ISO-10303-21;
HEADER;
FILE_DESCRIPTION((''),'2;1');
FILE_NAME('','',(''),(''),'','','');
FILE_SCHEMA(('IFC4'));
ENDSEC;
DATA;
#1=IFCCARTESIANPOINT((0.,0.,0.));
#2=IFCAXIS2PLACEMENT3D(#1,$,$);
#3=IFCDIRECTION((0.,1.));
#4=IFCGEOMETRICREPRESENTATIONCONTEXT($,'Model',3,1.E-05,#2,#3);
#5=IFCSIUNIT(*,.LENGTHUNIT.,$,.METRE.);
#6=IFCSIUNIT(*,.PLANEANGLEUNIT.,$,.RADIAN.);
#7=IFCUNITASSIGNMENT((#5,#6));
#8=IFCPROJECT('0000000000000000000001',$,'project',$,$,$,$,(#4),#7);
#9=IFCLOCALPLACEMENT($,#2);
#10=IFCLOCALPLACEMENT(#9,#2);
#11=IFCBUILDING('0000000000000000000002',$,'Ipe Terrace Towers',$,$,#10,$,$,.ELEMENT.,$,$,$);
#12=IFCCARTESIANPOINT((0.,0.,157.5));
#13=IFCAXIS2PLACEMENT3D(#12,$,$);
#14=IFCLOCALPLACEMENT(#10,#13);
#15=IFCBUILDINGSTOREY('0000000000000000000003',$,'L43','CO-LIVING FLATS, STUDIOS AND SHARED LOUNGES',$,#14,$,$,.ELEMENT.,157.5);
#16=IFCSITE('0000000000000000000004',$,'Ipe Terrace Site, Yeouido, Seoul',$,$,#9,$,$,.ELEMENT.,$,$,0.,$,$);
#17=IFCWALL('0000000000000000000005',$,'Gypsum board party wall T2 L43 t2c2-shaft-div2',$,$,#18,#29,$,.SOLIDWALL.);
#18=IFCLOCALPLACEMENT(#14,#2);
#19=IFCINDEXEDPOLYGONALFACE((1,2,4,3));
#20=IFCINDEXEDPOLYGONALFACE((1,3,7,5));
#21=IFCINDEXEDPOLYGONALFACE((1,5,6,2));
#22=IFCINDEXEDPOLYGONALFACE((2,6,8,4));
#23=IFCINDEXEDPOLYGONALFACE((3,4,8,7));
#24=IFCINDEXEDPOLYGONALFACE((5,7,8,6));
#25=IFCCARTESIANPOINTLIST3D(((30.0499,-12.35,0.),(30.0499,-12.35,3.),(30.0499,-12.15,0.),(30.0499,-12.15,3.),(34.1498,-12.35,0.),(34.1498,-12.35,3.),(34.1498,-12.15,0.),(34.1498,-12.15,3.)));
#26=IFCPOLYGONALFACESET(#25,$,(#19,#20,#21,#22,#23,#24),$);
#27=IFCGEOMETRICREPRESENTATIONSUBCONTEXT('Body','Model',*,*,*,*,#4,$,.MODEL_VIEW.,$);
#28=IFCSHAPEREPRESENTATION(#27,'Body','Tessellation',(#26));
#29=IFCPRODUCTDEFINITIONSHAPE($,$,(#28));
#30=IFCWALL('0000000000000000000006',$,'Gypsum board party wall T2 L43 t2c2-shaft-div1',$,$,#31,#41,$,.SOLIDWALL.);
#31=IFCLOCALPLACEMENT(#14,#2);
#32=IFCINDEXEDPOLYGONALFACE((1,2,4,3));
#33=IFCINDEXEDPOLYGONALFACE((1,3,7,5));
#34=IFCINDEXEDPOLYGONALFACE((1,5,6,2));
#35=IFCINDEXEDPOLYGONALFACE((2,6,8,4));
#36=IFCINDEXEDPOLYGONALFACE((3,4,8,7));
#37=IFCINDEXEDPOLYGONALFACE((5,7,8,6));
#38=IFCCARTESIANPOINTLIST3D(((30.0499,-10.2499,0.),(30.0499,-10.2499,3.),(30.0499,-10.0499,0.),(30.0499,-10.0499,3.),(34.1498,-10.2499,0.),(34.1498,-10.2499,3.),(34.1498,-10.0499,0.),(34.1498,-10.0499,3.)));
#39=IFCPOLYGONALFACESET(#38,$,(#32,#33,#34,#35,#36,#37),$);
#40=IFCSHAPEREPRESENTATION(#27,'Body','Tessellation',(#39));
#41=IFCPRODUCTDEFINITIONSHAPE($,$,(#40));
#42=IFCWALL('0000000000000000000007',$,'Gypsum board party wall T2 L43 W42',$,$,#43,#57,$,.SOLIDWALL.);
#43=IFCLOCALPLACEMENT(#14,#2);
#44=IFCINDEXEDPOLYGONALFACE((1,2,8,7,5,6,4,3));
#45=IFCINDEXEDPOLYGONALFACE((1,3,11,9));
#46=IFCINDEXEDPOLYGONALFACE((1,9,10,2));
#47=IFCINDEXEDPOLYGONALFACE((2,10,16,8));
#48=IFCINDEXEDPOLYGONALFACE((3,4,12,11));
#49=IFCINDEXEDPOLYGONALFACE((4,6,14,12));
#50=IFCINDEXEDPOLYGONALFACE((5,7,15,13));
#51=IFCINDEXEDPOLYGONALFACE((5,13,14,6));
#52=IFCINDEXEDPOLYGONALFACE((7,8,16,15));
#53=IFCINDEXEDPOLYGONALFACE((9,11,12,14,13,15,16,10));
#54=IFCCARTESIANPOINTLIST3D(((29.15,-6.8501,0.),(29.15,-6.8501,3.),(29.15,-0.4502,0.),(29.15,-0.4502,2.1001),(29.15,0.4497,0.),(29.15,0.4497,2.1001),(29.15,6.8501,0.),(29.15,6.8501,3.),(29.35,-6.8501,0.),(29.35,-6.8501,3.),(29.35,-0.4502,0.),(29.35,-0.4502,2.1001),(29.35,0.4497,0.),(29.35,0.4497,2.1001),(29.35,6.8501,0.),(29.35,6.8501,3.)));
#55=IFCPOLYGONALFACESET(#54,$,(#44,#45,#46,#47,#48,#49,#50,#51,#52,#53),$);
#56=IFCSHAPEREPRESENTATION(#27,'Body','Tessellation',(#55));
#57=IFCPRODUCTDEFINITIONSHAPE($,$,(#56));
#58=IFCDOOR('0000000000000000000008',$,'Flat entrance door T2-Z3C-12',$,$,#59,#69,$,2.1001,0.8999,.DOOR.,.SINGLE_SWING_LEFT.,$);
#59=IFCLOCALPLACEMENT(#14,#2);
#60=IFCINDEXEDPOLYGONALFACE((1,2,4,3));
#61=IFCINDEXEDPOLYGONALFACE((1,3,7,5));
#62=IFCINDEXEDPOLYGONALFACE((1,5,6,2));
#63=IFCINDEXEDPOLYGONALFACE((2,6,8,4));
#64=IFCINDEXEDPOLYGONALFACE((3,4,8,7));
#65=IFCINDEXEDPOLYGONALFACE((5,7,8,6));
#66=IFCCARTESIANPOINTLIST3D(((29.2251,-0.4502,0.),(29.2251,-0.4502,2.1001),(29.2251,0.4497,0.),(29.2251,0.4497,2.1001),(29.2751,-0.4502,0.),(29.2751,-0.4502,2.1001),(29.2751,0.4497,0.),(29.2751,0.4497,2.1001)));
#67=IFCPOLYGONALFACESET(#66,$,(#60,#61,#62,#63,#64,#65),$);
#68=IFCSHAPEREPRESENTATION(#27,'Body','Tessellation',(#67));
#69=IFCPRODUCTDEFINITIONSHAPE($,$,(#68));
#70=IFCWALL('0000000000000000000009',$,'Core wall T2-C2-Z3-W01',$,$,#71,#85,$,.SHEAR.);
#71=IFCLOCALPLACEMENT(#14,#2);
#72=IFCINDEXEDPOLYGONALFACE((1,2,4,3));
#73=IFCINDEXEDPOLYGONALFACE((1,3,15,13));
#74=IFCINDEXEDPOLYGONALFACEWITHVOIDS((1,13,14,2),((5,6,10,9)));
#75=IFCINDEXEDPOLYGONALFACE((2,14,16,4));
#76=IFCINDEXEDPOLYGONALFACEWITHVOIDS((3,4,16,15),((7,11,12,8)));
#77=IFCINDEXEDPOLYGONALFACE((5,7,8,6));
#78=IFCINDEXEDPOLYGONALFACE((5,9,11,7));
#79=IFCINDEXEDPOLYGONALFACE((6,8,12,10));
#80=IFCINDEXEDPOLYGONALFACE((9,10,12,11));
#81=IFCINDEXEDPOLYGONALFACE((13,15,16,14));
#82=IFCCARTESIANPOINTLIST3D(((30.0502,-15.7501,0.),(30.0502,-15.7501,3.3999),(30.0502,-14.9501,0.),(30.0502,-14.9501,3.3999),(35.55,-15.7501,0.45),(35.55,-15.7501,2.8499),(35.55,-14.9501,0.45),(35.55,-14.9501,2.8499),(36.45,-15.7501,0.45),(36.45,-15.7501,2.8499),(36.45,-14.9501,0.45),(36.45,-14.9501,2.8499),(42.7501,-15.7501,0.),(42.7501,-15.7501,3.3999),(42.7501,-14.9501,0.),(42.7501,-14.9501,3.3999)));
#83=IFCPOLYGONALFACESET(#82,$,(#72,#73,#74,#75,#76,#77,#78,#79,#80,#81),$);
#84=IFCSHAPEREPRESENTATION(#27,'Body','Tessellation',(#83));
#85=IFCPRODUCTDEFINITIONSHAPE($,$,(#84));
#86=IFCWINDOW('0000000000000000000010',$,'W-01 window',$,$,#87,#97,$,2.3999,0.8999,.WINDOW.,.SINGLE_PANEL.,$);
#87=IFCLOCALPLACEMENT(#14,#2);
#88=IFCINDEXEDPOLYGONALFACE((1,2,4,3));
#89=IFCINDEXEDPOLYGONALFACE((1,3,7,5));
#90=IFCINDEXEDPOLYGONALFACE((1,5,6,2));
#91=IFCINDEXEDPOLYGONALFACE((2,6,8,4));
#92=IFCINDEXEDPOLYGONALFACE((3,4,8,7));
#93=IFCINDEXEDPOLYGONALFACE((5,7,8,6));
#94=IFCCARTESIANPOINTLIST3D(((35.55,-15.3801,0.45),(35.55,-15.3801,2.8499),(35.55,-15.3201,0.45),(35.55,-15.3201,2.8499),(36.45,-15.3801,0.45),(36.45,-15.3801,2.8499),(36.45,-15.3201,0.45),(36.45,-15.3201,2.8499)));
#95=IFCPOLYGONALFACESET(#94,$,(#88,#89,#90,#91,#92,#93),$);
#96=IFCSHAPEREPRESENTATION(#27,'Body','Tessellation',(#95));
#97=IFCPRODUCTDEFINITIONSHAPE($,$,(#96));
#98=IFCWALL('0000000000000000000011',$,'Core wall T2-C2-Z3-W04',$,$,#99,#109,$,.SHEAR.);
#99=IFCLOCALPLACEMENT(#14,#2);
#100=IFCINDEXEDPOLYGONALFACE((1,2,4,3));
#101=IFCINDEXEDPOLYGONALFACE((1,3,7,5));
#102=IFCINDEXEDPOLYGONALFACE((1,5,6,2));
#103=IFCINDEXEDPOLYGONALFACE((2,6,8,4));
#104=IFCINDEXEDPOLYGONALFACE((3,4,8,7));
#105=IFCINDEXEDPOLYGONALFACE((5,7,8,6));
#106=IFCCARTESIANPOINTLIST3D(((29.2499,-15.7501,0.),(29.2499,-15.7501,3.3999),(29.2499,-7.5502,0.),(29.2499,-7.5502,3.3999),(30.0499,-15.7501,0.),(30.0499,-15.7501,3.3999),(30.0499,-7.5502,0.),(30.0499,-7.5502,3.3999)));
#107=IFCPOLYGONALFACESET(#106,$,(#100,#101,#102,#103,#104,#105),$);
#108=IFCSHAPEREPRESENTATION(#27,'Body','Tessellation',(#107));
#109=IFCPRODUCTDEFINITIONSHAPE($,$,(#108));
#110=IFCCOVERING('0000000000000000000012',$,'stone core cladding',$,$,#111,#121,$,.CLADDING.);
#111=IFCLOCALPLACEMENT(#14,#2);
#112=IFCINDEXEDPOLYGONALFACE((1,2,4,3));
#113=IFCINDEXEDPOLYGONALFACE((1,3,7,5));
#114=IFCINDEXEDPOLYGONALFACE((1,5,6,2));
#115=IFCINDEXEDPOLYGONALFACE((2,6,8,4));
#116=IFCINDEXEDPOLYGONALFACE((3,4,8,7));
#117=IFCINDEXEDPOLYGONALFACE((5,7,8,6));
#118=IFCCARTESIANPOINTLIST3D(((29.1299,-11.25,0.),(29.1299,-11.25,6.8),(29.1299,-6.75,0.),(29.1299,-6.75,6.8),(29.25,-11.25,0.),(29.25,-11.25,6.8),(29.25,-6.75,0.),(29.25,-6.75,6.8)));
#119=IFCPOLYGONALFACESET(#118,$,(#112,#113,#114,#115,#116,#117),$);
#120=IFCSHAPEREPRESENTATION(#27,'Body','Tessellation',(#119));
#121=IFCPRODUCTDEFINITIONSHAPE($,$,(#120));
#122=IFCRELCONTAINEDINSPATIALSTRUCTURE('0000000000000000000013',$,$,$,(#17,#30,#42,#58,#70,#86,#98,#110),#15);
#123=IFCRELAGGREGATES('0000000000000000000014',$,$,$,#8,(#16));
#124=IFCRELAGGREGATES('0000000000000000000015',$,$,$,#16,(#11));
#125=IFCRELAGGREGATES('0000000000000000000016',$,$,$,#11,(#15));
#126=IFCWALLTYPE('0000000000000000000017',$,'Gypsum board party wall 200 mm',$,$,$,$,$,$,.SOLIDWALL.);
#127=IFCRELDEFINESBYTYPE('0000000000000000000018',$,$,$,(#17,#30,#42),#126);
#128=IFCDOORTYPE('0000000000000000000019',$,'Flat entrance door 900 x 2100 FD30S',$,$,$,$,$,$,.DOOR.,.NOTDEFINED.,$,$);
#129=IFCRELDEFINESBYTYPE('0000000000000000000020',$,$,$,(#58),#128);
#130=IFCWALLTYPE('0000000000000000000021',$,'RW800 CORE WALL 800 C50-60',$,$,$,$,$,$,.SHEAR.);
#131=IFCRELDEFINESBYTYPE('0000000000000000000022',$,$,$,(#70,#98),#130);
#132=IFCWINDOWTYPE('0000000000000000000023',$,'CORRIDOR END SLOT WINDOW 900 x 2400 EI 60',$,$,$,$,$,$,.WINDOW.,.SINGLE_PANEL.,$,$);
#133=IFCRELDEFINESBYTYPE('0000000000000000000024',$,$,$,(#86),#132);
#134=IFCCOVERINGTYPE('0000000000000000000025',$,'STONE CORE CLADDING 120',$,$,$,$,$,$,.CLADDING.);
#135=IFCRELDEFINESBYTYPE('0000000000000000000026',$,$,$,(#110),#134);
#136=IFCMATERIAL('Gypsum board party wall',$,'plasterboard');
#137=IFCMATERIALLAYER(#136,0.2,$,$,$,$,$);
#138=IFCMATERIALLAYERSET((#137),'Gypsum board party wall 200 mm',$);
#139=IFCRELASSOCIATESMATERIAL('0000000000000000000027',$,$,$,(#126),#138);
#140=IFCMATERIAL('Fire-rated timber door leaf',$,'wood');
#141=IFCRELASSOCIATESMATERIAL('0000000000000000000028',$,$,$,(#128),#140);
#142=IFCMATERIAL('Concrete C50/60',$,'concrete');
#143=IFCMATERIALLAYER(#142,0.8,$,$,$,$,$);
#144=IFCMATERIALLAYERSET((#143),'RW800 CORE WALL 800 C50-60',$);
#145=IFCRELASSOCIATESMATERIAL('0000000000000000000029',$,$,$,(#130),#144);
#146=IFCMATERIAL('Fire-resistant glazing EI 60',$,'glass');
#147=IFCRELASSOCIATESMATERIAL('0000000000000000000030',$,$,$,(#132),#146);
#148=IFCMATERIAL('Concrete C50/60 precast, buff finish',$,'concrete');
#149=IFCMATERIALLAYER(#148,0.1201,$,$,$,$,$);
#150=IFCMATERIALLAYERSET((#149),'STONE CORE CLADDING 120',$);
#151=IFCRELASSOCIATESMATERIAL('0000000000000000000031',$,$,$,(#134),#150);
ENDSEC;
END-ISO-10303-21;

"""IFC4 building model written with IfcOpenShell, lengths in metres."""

from ifc_helpers import new_model, si_unit, direction, frame, frame_2d, origin, origin_2d, place, context, subcontext, project, spatial, rectangle, extrude, material, layer, layer_set, type_object, element, fill, save


model = new_model("IFC4")

# Units and contexts
model_context = context("Model", 3, precision=1e-05, world=origin(), true_north=direction((0.0, 1.0)))
body_context = subcontext(model_context, "Body", "Model", "MODEL_VIEW")
ifc_project = project(units=[si_unit("LENGTHUNIT", "METRE"), si_unit("PLANEANGLEUNIT", "RADIAN")], contexts=[model_context])

# Site, building, storey
site_placement = place(None, origin())
site = spatial("IfcSite", under=ifc_project, at=site_placement, Name="Ipe Terrace Site, Yeouido, Seoul", CompositionType="ELEMENT", RefElevation=0.0)
building_placement = place(site_placement, origin())
building = spatial("IfcBuilding", under=site, at=building_placement, Name="Ipe Terrace Towers", CompositionType="ELEMENT")
storey_placement = place(building_placement, frame((0.0, 0.0, 157.5)))
storey = spatial("IfcBuildingStorey", under=building, at=storey_placement, Name="L43", Description="CO-LIVING FLATS, STUDIOS AND SHARED LOUNGES", CompositionType="ELEMENT", Elevation=157.5)

# Walls
ifc_material_1 = material(Name="Gypsum board party wall", Category="plasterboard")
ifc_layer_1 = layer(ifc_material_1, 0.2)
ifc_layer_set_1 = layer_set([ifc_layer_1], Name="Gypsum board party wall 200 mm")
wall_type_1 = type_object("IfcWallType", Name="Gypsum board party wall 200 mm", PredefinedType="SOLIDWALL", material=ifc_layer_set_1)
for number, where, z_axis, x_axis, name in (
    (1, (30.05, -12.25, 0.0), (0.0, 0.0, 1.0), (1.0, 0.0, 0.0), "Gypsum board party wall T2 L43 t2c2-shaft-div2"),
    (2, (30.05, -10.1499, 0.0), (0.0, 0.0, 1.0), (1.0, 0.0, 0.0), "Gypsum board party wall T2 L43 t2c2-shaft-div1"),
):
    element("IfcWall", number, at=place(storey_placement, frame(where, z_axis=z_axis, x_axis=x_axis)), inside=storey, type_object=wall_type_1, Name=name, PredefinedType="SOLIDWALL", context=body_context, shape_type="SweptSolid", body=[
        extrude(rectangle(XDim=4.0999, YDim=0.2, at=frame_2d((2.0498, 0.0))), origin(), (0.0, 0.0, 1.0), 3.0),
    ])

# Wall, opening, door
wall_1_placement = place(storey_placement, frame((29.25, -6.8501, 0.0), z_axis=(0.0, 0.0, 1.0), x_axis=(0.0, 1.0, 0.0)))
wall_1 = element("IfcWall", 3, at=wall_1_placement, inside=storey, type_object=wall_type_1, Name="Gypsum board party wall T2 L43 W42", PredefinedType="SOLIDWALL", context=body_context, shape_type="SweptSolid", body=[
    extrude(rectangle(XDim=13.7002, YDim=0.2, at=frame_2d((6.8501, 0.0))), origin(), (0.0, 0.0, 1.0), 3.0),
])
opening_1_placement = place(wall_1_placement, frame((6.3999, 0.0, 0.0)))
opening_1 = element("IfcOpeningElement", 4, at=opening_1_placement, cuts=wall_1, PredefinedType="OPENING", context=body_context, shape_type="SweptSolid", body=[
    extrude(rectangle(XDim=0.8999, YDim=2.1001, at=frame_2d((0.45, 1.05))), frame((0.0, 0.1099, 0.0), z_axis=(0.0, -1.0, 0.0), x_axis=(1.0, 0.0, 0.0)), (0.0, 0.0, 1.0), 0.22),
])
ifc_material_2 = material(Name="Fire-rated timber door leaf", Category="wood")
door_type_1 = type_object("IfcDoorType", Name="Flat entrance door 900 x 2100 FD30S", OperationType="NOTDEFINED", PredefinedType="DOOR", material=ifc_material_2)
door_1_placement = place(opening_1_placement, origin())
door_1 = element("IfcDoor", 5, at=door_1_placement, inside=storey, type_object=door_type_1, Name="Flat entrance door T2-Z3C-12", OperationType="SINGLE_SWING_LEFT", OverallHeight=2.1001, OverallWidth=0.8999, PredefinedType="DOOR", context=body_context, shape_type="SweptSolid", body=[
    extrude(rectangle(XDim=0.8999, YDim=2.1001, at=frame_2d((0.45, 1.05))), frame((0.0, 0.0249, 0.0), z_axis=(0.0, -1.0, 0.0), x_axis=(1.0, 0.0, 0.0)), (0.0, 0.0, 1.0), 0.05),
])
fill(opening_1, door_1)

# Wall, opening, window
ifc_material_3 = material(Name="Concrete C50/60", Category="concrete")
ifc_layer_2 = layer(ifc_material_3, 0.8)
ifc_layer_set_2 = layer_set([ifc_layer_2], Name="RW800 CORE WALL 800 C50-60")
wall_type_2 = type_object("IfcWallType", Name="RW800 CORE WALL 800 C50-60", PredefinedType="SHEAR", material=ifc_layer_set_2)
wall_2_placement = place(storey_placement, frame((30.05, -15.3501, 0.0), z_axis=(0.0, 0.0, 1.0), x_axis=(1.0, 0.0, 0.0)))
wall_2 = element("IfcWall", 6, at=wall_2_placement, inside=storey, type_object=wall_type_2, Name="Core wall T2-C2-Z3-W01", PredefinedType="SHEAR", context=body_context, shape_type="SweptSolid", body=[
    extrude(rectangle(XDim=12.7, YDim=0.8, at=frame_2d((6.3501, 0.0))), origin(), (0.0, 0.0, 1.0), 3.3999),
])
opening_2_placement = place(wall_2_placement, frame((5.5, 0.0, 0.45)))
opening_2 = element("IfcOpeningElement", 7, at=opening_2_placement, cuts=wall_2, PredefinedType="OPENING", context=body_context, shape_type="SweptSolid", body=[
    extrude(rectangle(XDim=0.8999, YDim=2.3999, at=frame_2d((0.45, 1.2))), frame((0.0, 0.4102, 0.0), z_axis=(0.0, -1.0, 0.0), x_axis=(1.0, 0.0, 0.0)), (0.0, 0.0, 1.0), 0.8201),
])
ifc_material_4 = material(Name="Fire-resistant glazing EI 60", Category="glass")
window_type = type_object("IfcWindowType", Name="CORRIDOR END SLOT WINDOW 900 x 2400 EI 60", PartitioningType="SINGLE_PANEL", PredefinedType="WINDOW", material=ifc_material_4)
window_placement = place(opening_2_placement, origin())
window = element("IfcWindow", 8, at=window_placement, inside=storey, type_object=window_type, Name="W-01 window", OverallHeight=2.3999, OverallWidth=0.8999, PartitioningType="SINGLE_PANEL", PredefinedType="WINDOW", context=body_context, shape_type="SweptSolid", body=[
    extrude(rectangle(XDim=0.8999, YDim=2.3999, at=frame_2d((0.45, 1.2))), frame((0.0, 0.03, 0.0), z_axis=(0.0, -1.0, 0.0), x_axis=(1.0, 0.0, 0.0)), (0.0, 0.0, 1.0), 0.0601),
])
fill(opening_2, window)

# Wall
wall_3_placement = place(storey_placement, frame((29.6499, -7.55, 0.0), z_axis=(0.0, 0.0, 1.0), x_axis=(0.0, -1.0, 0.0)))
element("IfcWall", 9, at=wall_3_placement, inside=storey, type_object=wall_type_2, Name="Core wall T2-C2-Z3-W04", PredefinedType="SHEAR", context=body_context, shape_type="SweptSolid", body=[
    extrude(rectangle(XDim=8.2, YDim=0.8, at=frame_2d((4.1001, 0.0))), origin(), (0.0, 0.0, 1.0), 3.3999),
])

# Covering
ifc_material_5 = material(Name="Concrete C50/60 precast, buff finish", Category="concrete")
ifc_layer_3 = layer(ifc_material_5, 0.1201)
ifc_layer_set_3 = layer_set([ifc_layer_3], Name="STONE CORE CLADDING 120")
covering_type = type_object("IfcCoveringType", Name="STONE CORE CLADDING 120", PredefinedType="CLADDING", material=ifc_layer_set_3)
covering_placement = place(storey_placement, frame((29.1899, -9.0, 0.0), z_axis=(0.0, 0.0, 1.0), x_axis=(0.0, -1.0, 0.0)))
element("IfcCovering", 10, at=covering_placement, inside=storey, type_object=covering_type, Name="stone core cladding", PredefinedType="CLADDING", context=body_context, shape_type="SweptSolid", body=[
    extrude(rectangle(XDim=4.5, YDim=0.1201, at=origin_2d()), origin(), (0.0, 0.0, 1.0), 6.8),
])

save(model, "model.ifc")
